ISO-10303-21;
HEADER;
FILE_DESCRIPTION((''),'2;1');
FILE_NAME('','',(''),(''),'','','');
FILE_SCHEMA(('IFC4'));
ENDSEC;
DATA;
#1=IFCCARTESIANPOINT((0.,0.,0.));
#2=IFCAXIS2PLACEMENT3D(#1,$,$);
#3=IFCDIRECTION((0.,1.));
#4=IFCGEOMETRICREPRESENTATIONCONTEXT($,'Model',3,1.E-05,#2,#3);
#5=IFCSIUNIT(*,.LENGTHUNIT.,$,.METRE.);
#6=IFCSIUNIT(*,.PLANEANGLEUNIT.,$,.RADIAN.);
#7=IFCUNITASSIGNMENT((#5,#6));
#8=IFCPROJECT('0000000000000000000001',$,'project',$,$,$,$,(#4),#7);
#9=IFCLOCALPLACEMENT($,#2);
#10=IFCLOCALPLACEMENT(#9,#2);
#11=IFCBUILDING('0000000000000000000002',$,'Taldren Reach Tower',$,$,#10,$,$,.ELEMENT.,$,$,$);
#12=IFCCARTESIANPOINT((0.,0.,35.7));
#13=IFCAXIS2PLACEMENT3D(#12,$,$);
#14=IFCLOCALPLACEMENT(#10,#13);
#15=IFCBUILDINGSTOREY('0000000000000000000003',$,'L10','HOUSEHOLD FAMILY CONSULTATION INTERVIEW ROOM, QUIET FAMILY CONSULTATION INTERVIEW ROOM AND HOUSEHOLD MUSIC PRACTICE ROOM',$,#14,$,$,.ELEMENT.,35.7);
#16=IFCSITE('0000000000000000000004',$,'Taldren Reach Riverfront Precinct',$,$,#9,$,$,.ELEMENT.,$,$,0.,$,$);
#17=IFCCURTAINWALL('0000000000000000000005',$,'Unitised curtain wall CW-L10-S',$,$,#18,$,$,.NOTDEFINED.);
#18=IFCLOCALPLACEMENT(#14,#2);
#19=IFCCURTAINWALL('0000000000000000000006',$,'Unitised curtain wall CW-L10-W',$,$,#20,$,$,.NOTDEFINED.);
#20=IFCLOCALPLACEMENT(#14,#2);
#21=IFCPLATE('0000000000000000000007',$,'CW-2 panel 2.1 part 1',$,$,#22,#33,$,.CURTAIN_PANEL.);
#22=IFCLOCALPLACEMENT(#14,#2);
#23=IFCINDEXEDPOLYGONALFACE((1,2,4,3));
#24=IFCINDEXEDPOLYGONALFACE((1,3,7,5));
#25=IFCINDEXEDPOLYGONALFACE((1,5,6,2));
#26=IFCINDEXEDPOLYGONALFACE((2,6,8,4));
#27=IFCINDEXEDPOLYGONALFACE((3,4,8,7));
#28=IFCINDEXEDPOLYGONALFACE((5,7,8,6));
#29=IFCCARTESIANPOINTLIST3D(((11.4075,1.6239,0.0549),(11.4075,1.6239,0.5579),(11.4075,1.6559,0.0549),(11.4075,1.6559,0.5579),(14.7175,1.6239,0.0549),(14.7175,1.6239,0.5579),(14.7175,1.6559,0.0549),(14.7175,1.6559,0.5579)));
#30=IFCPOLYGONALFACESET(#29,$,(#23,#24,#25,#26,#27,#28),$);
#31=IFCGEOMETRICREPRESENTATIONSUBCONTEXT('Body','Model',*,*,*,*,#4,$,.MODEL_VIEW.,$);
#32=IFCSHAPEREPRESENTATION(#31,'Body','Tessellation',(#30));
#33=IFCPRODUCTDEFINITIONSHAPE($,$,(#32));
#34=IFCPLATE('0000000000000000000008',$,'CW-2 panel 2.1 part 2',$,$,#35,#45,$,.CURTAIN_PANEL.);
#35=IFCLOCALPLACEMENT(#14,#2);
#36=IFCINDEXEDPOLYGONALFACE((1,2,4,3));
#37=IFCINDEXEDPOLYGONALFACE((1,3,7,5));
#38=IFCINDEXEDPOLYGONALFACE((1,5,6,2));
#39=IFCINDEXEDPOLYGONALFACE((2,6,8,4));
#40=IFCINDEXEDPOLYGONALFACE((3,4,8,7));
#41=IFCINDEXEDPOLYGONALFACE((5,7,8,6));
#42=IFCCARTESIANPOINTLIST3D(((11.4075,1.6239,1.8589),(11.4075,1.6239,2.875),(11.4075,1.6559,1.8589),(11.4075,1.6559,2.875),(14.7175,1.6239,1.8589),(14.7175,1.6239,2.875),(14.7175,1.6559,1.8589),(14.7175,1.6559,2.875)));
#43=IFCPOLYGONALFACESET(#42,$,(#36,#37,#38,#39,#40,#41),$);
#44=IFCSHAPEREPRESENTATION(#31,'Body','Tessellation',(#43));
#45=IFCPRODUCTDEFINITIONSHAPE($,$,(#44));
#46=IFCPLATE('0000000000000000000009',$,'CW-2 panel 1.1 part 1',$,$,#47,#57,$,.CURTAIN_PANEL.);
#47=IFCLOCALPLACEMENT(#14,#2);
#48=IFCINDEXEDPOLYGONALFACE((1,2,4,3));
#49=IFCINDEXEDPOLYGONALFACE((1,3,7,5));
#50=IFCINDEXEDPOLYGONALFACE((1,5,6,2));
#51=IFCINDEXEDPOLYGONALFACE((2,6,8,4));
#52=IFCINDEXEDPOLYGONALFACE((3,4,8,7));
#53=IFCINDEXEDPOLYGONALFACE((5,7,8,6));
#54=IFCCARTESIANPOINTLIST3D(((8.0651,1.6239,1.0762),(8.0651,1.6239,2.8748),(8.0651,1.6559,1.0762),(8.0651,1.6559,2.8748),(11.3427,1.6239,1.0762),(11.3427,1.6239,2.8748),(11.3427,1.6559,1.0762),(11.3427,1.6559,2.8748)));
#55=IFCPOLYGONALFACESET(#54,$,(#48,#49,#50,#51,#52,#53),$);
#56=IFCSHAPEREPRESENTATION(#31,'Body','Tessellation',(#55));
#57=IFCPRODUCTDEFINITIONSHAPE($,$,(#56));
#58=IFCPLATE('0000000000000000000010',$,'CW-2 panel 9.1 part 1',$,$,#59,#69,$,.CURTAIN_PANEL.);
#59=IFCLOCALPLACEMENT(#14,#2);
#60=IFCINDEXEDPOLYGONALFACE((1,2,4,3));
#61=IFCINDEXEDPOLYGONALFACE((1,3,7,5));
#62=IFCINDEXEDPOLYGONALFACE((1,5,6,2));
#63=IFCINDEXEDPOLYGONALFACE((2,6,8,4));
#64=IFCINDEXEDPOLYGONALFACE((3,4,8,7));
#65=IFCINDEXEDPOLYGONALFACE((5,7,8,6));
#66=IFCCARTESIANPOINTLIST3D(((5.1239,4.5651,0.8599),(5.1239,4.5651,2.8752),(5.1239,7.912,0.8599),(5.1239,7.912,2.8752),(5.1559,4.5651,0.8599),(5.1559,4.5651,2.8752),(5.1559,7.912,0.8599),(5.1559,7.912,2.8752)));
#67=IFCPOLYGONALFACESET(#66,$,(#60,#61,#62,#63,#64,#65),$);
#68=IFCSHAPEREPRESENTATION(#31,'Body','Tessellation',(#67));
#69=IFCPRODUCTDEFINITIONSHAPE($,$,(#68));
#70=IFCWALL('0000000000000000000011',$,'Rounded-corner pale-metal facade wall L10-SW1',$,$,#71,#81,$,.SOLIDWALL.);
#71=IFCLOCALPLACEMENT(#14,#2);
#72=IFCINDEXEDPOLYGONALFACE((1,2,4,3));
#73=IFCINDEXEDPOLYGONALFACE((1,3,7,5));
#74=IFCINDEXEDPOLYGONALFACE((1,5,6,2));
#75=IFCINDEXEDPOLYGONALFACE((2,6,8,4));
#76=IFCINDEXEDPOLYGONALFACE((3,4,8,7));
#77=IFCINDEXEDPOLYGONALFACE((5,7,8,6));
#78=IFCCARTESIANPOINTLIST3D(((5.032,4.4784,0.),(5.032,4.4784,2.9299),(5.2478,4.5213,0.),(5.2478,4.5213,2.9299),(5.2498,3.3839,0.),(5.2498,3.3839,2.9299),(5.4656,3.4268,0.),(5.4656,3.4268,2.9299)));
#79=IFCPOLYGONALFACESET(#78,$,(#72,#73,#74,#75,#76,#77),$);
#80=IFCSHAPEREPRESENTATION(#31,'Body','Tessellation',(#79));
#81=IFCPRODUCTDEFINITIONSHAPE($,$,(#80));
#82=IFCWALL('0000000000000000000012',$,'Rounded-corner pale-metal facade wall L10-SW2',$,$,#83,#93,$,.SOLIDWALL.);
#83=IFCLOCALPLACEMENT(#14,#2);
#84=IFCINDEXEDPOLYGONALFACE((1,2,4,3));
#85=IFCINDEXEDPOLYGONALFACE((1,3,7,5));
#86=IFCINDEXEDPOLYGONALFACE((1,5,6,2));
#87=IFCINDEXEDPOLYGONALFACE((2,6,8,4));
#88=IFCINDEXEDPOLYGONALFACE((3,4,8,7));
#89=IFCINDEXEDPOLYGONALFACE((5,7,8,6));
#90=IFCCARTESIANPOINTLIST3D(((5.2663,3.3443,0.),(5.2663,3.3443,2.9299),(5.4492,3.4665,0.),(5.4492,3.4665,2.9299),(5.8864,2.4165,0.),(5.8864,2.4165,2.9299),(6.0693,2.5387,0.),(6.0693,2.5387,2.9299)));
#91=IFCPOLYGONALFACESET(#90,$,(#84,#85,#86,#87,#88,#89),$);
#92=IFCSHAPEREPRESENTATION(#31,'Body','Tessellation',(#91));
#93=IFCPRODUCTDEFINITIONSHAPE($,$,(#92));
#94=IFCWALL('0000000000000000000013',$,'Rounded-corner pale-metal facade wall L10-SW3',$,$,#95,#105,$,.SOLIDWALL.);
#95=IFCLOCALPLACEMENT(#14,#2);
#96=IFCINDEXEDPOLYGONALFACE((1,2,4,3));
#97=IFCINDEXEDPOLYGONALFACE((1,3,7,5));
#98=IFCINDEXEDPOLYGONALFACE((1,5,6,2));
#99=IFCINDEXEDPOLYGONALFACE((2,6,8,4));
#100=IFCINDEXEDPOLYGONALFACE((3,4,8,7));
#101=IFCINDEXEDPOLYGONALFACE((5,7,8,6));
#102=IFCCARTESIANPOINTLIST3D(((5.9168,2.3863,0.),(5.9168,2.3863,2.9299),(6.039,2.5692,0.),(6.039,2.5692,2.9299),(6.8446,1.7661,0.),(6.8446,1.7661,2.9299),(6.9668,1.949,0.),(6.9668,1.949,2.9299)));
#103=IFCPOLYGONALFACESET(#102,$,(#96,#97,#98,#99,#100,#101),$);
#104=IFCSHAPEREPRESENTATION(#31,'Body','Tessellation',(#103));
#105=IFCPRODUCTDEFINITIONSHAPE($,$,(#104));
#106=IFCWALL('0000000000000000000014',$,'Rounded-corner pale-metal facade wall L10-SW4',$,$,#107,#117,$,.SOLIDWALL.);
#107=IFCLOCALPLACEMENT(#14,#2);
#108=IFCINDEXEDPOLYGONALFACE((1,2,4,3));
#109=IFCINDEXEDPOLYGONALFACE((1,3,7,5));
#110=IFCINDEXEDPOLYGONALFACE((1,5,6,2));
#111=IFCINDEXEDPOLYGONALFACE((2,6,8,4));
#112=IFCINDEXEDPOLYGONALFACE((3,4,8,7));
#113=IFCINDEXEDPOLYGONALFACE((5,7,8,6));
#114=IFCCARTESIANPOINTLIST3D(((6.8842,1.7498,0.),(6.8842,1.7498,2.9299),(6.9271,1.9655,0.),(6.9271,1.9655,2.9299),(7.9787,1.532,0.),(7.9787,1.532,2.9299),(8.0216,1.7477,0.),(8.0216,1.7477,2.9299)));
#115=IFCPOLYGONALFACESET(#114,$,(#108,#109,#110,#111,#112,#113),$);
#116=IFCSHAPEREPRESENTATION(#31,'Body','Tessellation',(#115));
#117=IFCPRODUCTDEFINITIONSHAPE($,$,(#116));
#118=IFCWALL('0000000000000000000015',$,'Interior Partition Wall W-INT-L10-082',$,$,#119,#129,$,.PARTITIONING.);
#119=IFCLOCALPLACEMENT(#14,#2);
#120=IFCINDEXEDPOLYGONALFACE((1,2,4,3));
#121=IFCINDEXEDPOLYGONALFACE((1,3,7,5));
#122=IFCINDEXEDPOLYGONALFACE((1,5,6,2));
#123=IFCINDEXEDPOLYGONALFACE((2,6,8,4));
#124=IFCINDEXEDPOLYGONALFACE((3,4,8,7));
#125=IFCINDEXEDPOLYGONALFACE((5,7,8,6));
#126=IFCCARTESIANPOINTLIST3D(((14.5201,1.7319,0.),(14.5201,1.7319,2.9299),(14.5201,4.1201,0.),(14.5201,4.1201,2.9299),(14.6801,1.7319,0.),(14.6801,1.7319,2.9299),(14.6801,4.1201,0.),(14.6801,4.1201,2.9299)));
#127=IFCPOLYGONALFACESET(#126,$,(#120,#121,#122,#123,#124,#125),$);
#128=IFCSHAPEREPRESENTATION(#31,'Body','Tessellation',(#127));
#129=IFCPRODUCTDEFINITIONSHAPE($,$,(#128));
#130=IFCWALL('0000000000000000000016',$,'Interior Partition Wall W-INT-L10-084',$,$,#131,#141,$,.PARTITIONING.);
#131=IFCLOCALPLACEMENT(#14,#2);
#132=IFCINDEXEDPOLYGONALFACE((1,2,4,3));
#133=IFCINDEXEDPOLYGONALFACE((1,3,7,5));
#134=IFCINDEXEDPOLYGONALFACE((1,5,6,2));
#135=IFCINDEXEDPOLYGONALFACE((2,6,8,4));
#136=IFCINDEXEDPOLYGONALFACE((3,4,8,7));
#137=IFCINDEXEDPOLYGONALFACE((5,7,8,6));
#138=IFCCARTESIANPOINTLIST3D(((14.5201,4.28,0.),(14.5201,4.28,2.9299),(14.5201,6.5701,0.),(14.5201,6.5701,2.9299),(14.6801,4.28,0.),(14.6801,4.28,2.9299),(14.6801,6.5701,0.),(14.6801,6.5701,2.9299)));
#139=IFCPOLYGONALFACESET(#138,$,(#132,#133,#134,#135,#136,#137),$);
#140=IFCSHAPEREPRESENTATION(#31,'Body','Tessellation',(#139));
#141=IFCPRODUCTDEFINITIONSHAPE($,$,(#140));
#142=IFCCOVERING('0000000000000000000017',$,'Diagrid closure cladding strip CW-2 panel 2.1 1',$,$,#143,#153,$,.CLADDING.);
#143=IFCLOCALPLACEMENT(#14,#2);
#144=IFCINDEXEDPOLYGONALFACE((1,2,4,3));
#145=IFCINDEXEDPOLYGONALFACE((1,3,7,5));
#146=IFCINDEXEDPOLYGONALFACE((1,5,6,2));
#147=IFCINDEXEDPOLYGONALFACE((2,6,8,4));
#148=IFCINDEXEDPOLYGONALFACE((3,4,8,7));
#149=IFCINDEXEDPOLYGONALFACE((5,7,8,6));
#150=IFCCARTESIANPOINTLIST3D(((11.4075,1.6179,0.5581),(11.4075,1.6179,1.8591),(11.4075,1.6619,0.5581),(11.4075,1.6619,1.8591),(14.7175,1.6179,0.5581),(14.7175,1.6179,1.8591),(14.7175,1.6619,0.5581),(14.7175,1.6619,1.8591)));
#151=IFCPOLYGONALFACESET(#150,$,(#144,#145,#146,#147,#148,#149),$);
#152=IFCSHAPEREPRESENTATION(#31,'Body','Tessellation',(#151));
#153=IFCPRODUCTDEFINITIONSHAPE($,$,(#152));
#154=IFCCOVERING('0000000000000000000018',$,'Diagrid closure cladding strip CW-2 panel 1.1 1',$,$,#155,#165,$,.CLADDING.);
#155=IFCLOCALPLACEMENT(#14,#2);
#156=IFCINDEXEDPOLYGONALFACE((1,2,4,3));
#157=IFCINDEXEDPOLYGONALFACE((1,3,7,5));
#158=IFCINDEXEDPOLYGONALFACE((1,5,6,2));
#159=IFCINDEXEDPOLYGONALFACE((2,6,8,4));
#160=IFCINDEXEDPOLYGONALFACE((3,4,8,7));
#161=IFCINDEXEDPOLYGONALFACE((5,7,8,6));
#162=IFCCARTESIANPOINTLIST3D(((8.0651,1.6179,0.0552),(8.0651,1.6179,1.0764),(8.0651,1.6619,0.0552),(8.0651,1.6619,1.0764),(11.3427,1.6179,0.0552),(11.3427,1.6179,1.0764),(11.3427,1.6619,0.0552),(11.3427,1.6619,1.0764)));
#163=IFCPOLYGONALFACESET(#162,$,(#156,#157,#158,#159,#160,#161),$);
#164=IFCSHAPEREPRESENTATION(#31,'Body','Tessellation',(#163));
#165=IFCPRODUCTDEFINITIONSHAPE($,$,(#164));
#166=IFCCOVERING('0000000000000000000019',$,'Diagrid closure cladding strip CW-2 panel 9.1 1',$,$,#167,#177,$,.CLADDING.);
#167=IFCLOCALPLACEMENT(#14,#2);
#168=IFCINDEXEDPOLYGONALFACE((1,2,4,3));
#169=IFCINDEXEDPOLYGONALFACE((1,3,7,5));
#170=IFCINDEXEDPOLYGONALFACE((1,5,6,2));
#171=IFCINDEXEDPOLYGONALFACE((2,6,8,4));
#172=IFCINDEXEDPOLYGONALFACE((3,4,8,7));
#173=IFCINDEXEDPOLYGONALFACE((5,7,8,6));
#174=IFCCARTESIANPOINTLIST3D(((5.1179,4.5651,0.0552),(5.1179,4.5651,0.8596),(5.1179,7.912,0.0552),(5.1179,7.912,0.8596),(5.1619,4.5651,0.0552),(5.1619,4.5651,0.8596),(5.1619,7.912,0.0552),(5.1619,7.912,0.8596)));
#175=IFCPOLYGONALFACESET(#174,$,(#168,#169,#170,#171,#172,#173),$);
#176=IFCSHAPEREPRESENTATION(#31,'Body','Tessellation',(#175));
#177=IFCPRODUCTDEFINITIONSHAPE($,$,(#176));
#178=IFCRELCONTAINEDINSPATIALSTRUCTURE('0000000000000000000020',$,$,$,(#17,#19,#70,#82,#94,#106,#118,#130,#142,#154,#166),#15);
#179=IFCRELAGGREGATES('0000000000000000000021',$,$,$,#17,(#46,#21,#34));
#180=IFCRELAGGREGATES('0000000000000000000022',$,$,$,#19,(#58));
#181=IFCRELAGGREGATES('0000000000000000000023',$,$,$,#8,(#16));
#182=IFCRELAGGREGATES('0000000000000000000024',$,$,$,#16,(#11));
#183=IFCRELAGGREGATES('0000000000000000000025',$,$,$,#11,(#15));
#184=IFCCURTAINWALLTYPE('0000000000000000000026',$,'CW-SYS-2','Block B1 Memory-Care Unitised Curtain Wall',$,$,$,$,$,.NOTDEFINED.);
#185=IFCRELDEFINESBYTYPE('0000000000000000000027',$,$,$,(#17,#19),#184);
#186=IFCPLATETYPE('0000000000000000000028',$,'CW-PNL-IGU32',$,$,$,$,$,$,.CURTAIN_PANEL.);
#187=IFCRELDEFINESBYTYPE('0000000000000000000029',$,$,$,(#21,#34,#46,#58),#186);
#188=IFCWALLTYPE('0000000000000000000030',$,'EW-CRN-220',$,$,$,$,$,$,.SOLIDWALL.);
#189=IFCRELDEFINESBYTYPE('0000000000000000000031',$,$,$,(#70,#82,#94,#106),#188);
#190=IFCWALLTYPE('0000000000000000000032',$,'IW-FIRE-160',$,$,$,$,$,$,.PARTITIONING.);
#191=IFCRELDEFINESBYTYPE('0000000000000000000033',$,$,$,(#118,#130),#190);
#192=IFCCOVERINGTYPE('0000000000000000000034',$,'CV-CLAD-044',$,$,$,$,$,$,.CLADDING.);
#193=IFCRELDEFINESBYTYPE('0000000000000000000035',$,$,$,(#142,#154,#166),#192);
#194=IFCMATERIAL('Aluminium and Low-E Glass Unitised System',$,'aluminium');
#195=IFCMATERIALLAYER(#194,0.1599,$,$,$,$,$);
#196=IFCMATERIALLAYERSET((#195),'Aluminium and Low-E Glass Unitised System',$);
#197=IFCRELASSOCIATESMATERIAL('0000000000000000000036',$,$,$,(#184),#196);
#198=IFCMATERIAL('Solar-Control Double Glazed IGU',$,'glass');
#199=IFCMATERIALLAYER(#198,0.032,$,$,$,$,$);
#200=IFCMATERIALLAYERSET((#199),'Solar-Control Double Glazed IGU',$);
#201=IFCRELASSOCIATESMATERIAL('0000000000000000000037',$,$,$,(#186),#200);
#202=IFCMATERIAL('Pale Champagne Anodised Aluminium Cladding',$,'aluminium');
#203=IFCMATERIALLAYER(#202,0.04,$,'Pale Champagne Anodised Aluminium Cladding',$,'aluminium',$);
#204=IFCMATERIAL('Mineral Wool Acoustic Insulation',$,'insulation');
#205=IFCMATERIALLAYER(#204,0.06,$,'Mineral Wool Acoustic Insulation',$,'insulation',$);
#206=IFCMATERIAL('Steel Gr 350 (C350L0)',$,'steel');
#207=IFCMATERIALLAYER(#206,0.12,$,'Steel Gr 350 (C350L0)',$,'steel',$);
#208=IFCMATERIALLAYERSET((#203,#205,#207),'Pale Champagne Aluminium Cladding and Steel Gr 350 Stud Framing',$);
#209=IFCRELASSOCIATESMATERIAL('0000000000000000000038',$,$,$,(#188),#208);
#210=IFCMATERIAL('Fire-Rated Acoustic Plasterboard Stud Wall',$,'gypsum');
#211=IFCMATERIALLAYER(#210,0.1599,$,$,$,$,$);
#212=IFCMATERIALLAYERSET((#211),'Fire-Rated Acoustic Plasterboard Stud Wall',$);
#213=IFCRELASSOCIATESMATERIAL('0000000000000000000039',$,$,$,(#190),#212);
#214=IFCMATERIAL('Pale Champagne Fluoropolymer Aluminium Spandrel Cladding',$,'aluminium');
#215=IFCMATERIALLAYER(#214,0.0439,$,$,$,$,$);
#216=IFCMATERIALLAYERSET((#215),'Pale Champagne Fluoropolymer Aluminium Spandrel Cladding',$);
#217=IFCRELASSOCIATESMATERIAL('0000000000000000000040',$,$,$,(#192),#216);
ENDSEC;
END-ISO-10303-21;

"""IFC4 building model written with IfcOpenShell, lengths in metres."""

from ifc_helpers import new_model, si_unit, direction, frame, frame_2d, origin, origin_2d, place, context, subcontext, project, spatial, rectangle, extrude, source, transform, mapped, material, layer, layer_set, type_object, element, aggregate, save


model = new_model("IFC4")

# Units and contexts
model_context = context("Model", 3, precision=1e-05, world=origin(), true_north=direction((0.0, 1.0)))
body_context = subcontext(model_context, "Body", "Model", "MODEL_VIEW")
ifc_project = project(units=[si_unit("LENGTHUNIT", "METRE"), si_unit("PLANEANGLEUNIT", "RADIAN")], contexts=[model_context])

# Site, building, storey
site_placement = place(None, origin())
site = spatial("IfcSite", under=ifc_project, at=site_placement, Name="Taldren Reach Riverfront Precinct", CompositionType="ELEMENT", RefElevation=0.0)
building_placement = place(site_placement, origin())
building = spatial("IfcBuilding", under=site, at=building_placement, Name="Taldren Reach Tower", CompositionType="ELEMENT")
storey_placement = place(building_placement, frame((0.0, 0.0, 35.7)))
storey = spatial("IfcBuildingStorey", under=building, at=storey_placement, Name="L10", Description="HOUSEHOLD FAMILY CONSULTATION INTERVIEW ROOM, QUIET FAMILY CONSULTATION INTERVIEW ROOM AND HOUSEHOLD MUSIC PRACTICE ROOM", CompositionType="ELEMENT", Elevation=35.7)

# Shared definitions
ifc_material_1 = material(Name="Steel Gr 350 (C350L0)", Category="steel")

# Curtain wall
ifc_material_2 = material(Name="Aluminium and Low-E Glass Unitised System", Category="aluminium")
ifc_layer_1 = layer(ifc_material_2, 0.1599)
ifc_layer_set_1 = layer_set([ifc_layer_1], Name="Aluminium and Low-E Glass Unitised System")
curtain_wall_type = type_object("IfcCurtainWallType", Name="CW-SYS-2", Description="Block B1 Memory-Care Unitised Curtain Wall", PredefinedType="NOTDEFINED", material=ifc_layer_set_1)
curtain_wall_1_placement = place(storey_placement, origin())
curtain_wall_1 = element("IfcCurtainWall", 1, at=curtain_wall_1_placement, inside=storey, type_object=curtain_wall_type, Name="Unitised curtain wall CW-L10-S", PredefinedType="NOTDEFINED")

# Curtain wall
curtain_wall_2_placement = place(storey_placement, origin())
curtain_wall_2 = element("IfcCurtainWall", 2, at=curtain_wall_2_placement, inside=storey, type_object=curtain_wall_type, Name="Unitised curtain wall CW-L10-W", PredefinedType="NOTDEFINED")

# Plates
ifc_material_3 = material(Name="Solar-Control Double Glazed IGU", Category="glass")
ifc_layer_2 = layer(ifc_material_3, 0.032)
ifc_layer_set_2 = layer_set([ifc_layer_2], Name="Solar-Control Double Glazed IGU")
plate_type_1 = type_object("IfcPlateType", Name="CW-PNL-IGU32", PredefinedType="CURTAIN_PANEL", material=ifc_layer_set_2)
shared_shape_1 = source(origin(), body_context, "Body", "SweptSolid", [
    extrude(rectangle(XDim=3.3101, YDim=0.032, at=origin_2d()), origin(), (0.0, 0.0, 1.0), 0.5029),
])
plate_1_placement = place(storey_placement, frame((13.0625, 1.6399, 0.0549), z_axis=(0.0, 0.0, 1.0), x_axis=(1.0, 0.0, 0.0)))
plate_1 = element("IfcPlate", 3, at=plate_1_placement, type_object=plate_type_1, Name="CW-2 panel 2.1 part 1", PredefinedType="CURTAIN_PANEL", context=body_context, shape_type="MappedRepresentation", body=[
    mapped(shared_shape_1, transform((0.0, 0.0, 0.0), scale=1.0)),
])
shared_shape_2 = source(origin(), body_context, "Body", "SweptSolid", [
    extrude(rectangle(XDim=3.3101, YDim=0.032, at=origin_2d()), origin(), (0.0, 0.0, 1.0), 1.0161),
])
plate_2_placement = place(storey_placement, frame((13.0625, 1.6399, 1.8589), z_axis=(0.0, 0.0, 1.0), x_axis=(1.0, 0.0, 0.0)))
plate_2 = element("IfcPlate", 4, at=plate_2_placement, type_object=plate_type_1, Name="CW-2 panel 2.1 part 2", PredefinedType="CURTAIN_PANEL", context=body_context, shape_type="MappedRepresentation", body=[
    mapped(shared_shape_2, transform((0.0, 0.0, 0.0), scale=1.0)),
])
shared_shape_3 = source(origin(), body_context, "Body", "SweptSolid", [
    extrude(rectangle(XDim=3.2776, YDim=0.032, at=origin_2d()), origin(), (0.0, 0.0, 1.0), 1.7986),
])
plate_3_placement = place(storey_placement, frame((9.7039, 1.6399, 1.0762), z_axis=(0.0, 0.0, 1.0), x_axis=(1.0, 0.0, 0.0)))
plate_3 = element("IfcPlate", 5, at=plate_3_placement, type_object=plate_type_1, Name="CW-2 panel 1.1 part 1", PredefinedType="CURTAIN_PANEL", context=body_context, shape_type="MappedRepresentation", body=[
    mapped(shared_shape_3, transform((0.0, 0.0, 0.0), scale=1.0)),
])
aggregate(curtain_wall_1, [plate_3, plate_1, plate_2])
shared_shape_4 = source(origin(), body_context, "Body", "SweptSolid", [
    extrude(rectangle(XDim=3.3469, YDim=0.032, at=origin_2d()), origin(), (0.0, 0.0, 1.0), 2.0154),
])
plate_4_placement = place(storey_placement, frame((5.1399, 6.2385, 0.8599), z_axis=(0.0, 0.0, 1.0), x_axis=(0.0, -1.0, 0.0)))
plate_4 = element("IfcPlate", 6, at=plate_4_placement, type_object=plate_type_1, Name="CW-2 panel 9.1 part 1", PredefinedType="CURTAIN_PANEL", context=body_context, shape_type="MappedRepresentation", body=[
    mapped(shared_shape_4, transform((0.0, 0.0, 0.0), scale=1.0)),
])
aggregate(curtain_wall_2, [plate_4])

# Walls
ifc_material_4 = material(Name="Pale Champagne Anodised Aluminium Cladding", Category="aluminium")
ifc_layer_3 = layer(ifc_material_4, 0.04, Name="Pale Champagne Anodised Aluminium Cladding", Category="aluminium")
ifc_material_5 = material(Name="Mineral Wool Acoustic Insulation", Category="insulation")
ifc_layer_4 = layer(ifc_material_5, 0.06, Name="Mineral Wool Acoustic Insulation", Category="insulation")
ifc_layer_5 = layer(ifc_material_1, 0.12, Name="Steel Gr 350 (C350L0)", Category="steel")
ifc_layer_set_3 = layer_set([ifc_layer_3, ifc_layer_4, ifc_layer_5], Name="Pale Champagne Aluminium Cladding and Steel Gr 350 Stud Framing")
wall_type_1 = type_object("IfcWallType", Name="EW-CRN-220", PredefinedType="SOLIDWALL", material=ifc_layer_set_3)
shared_shape_5 = source(origin(), body_context, "Body", "SweptSolid", [
    extrude(rectangle(XDim=1.116, YDim=0.22, at=frame_2d((0.5581, 0.0))), origin(), (0.0, 0.0, 1.0), 2.9299),
])
for number, where, z_axis, x_axis, name in (
    (7, (5.1399, 4.5, 0.0), (0.0, 0.0, 1.0), (0.195148, -0.980774, 0.0), "Rounded-corner pale-metal facade wall L10-SW1"),
    (8, (5.3577, 3.4055, 0.0), (0.0, 0.0, 1.0), (0.55571, -0.831377, 0.0), "Rounded-corner pale-metal facade wall L10-SW2"),
    (9, (5.9778, 2.4778, 0.0), (0.0, 0.0, 1.0), (0.831377, -0.55571, 0.0), "Rounded-corner pale-metal facade wall L10-SW3"),
    (10, (6.9055, 1.8577, 0.0), (0.0, 0.0, 1.0), (0.980774, -0.195148, 0.0), "Rounded-corner pale-metal facade wall L10-SW4"),
):
    element("IfcWall", number, at=place(storey_placement, frame(where, z_axis=z_axis, x_axis=x_axis)), inside=storey, type_object=wall_type_1, Name=name, PredefinedType="SOLIDWALL", context=body_context, shape_type="MappedRepresentation", body=[
        mapped(shared_shape_5, transform((0.0, 0.0, 0.0), scale=1.0)),
    ])
ifc_material_6 = material(Name="Fire-Rated Acoustic Plasterboard Stud Wall", Category="gypsum")
ifc_layer_6 = layer(ifc_material_6, 0.1599)
ifc_layer_set_4 = layer_set([ifc_layer_6], Name="Fire-Rated Acoustic Plasterboard Stud Wall")
wall_type_2 = type_object("IfcWallType", Name="IW-FIRE-160", PredefinedType="PARTITIONING", material=ifc_layer_set_4)
shared_shape_6 = source(origin(), body_context, "Body", "SweptSolid", [
    extrude(rectangle(XDim=2.3882, YDim=0.1599, at=frame_2d((1.1941, 0.0))), origin(), (0.0, 0.0, 1.0), 2.9299),
])
wall_1_placement = place(storey_placement, frame((14.6001, 1.7319, 0.0), z_axis=(0.0, 0.0, 1.0), x_axis=(0.0, 1.0, 0.0)))
element("IfcWall", 11, at=wall_1_placement, inside=storey, type_object=wall_type_2, Name="Interior Partition Wall W-INT-L10-082", PredefinedType="PARTITIONING", context=body_context, shape_type="MappedRepresentation", body=[
    mapped(shared_shape_6, transform((0.0, 0.0, 0.0), scale=1.0)),
])
shared_shape_7 = source(origin(), body_context, "Body", "SweptSolid", [
    extrude(rectangle(XDim=2.29, YDim=0.1599, at=frame_2d((1.145, 0.0))), origin(), (0.0, 0.0, 1.0), 2.9299),
])
wall_2_placement = place(storey_placement, frame((14.6001, 4.28, 0.0), z_axis=(0.0, 0.0, 1.0), x_axis=(0.0, 1.0, 0.0)))
element("IfcWall", 12, at=wall_2_placement, inside=storey, type_object=wall_type_2, Name="Interior Partition Wall W-INT-L10-084", PredefinedType="PARTITIONING", context=body_context, shape_type="MappedRepresentation", body=[
    mapped(shared_shape_7, transform((0.0, 0.0, 0.0), scale=1.0)),
])

# Coverings
ifc_material_7 = material(Name="Pale Champagne Fluoropolymer Aluminium Spandrel Cladding", Category="aluminium")
ifc_layer_7 = layer(ifc_material_7, 0.0439)
ifc_layer_set_5 = layer_set([ifc_layer_7], Name="Pale Champagne Fluoropolymer Aluminium Spandrel Cladding")
covering_type = type_object("IfcCoveringType", Name="CV-CLAD-044", PredefinedType="CLADDING", material=ifc_layer_set_5)
shared_shape_8 = source(origin(), body_context, "Body", "SweptSolid", [
    extrude(rectangle(XDim=3.3101, YDim=0.0439, at=origin_2d()), origin(), (0.0, 0.0, 1.0), 1.301),
])
covering_1_placement = place(storey_placement, frame((13.0625, 1.6399, 0.5581), z_axis=(0.0, 0.0, 1.0), x_axis=(1.0, 0.0, 0.0)))
element("IfcCovering", 13, at=covering_1_placement, inside=storey, type_object=covering_type, Name="Diagrid closure cladding strip CW-2 panel 2.1 1", PredefinedType="CLADDING", context=body_context, shape_type="MappedRepresentation", body=[
    mapped(shared_shape_8, transform((0.0, 0.0, 0.0), scale=1.0)),
])
shared_shape_9 = source(origin(), body_context, "Body", "SweptSolid", [
    extrude(rectangle(XDim=3.2776, YDim=0.0439, at=origin_2d()), origin(), (0.0, 0.0, 1.0), 1.0212),
])
covering_2_placement = place(storey_placement, frame((9.7039, 1.6399, 0.0552), z_axis=(0.0, 0.0, 1.0), x_axis=(1.0, 0.0, 0.0)))
element("IfcCovering", 14, at=covering_2_placement, inside=storey, type_object=covering_type, Name="Diagrid closure cladding strip CW-2 panel 1.1 1", PredefinedType="CLADDING", context=body_context, shape_type="MappedRepresentation", body=[
    mapped(shared_shape_9, transform((0.0, 0.0, 0.0), scale=1.0)),
])
shared_shape_10 = source(origin(), body_context, "Body", "SweptSolid", [
    extrude(rectangle(XDim=3.3469, YDim=0.0439, at=origin_2d()), origin(), (0.0, 0.0, 1.0), 0.8044),
])
covering_3_placement = place(storey_placement, frame((5.1399, 6.2385, 0.0552), z_axis=(0.0, 0.0, 1.0), x_axis=(0.0, -1.0, 0.0)))
element("IfcCovering", 15, at=covering_3_placement, inside=storey, type_object=covering_type, Name="Diagrid closure cladding strip CW-2 panel 9.1 1", PredefinedType="CLADDING", context=body_context, shape_type="MappedRepresentation", body=[
    mapped(shared_shape_10, transform((0.0, 0.0, 0.0), scale=1.0)),
])

save(model, "model.ifc")
